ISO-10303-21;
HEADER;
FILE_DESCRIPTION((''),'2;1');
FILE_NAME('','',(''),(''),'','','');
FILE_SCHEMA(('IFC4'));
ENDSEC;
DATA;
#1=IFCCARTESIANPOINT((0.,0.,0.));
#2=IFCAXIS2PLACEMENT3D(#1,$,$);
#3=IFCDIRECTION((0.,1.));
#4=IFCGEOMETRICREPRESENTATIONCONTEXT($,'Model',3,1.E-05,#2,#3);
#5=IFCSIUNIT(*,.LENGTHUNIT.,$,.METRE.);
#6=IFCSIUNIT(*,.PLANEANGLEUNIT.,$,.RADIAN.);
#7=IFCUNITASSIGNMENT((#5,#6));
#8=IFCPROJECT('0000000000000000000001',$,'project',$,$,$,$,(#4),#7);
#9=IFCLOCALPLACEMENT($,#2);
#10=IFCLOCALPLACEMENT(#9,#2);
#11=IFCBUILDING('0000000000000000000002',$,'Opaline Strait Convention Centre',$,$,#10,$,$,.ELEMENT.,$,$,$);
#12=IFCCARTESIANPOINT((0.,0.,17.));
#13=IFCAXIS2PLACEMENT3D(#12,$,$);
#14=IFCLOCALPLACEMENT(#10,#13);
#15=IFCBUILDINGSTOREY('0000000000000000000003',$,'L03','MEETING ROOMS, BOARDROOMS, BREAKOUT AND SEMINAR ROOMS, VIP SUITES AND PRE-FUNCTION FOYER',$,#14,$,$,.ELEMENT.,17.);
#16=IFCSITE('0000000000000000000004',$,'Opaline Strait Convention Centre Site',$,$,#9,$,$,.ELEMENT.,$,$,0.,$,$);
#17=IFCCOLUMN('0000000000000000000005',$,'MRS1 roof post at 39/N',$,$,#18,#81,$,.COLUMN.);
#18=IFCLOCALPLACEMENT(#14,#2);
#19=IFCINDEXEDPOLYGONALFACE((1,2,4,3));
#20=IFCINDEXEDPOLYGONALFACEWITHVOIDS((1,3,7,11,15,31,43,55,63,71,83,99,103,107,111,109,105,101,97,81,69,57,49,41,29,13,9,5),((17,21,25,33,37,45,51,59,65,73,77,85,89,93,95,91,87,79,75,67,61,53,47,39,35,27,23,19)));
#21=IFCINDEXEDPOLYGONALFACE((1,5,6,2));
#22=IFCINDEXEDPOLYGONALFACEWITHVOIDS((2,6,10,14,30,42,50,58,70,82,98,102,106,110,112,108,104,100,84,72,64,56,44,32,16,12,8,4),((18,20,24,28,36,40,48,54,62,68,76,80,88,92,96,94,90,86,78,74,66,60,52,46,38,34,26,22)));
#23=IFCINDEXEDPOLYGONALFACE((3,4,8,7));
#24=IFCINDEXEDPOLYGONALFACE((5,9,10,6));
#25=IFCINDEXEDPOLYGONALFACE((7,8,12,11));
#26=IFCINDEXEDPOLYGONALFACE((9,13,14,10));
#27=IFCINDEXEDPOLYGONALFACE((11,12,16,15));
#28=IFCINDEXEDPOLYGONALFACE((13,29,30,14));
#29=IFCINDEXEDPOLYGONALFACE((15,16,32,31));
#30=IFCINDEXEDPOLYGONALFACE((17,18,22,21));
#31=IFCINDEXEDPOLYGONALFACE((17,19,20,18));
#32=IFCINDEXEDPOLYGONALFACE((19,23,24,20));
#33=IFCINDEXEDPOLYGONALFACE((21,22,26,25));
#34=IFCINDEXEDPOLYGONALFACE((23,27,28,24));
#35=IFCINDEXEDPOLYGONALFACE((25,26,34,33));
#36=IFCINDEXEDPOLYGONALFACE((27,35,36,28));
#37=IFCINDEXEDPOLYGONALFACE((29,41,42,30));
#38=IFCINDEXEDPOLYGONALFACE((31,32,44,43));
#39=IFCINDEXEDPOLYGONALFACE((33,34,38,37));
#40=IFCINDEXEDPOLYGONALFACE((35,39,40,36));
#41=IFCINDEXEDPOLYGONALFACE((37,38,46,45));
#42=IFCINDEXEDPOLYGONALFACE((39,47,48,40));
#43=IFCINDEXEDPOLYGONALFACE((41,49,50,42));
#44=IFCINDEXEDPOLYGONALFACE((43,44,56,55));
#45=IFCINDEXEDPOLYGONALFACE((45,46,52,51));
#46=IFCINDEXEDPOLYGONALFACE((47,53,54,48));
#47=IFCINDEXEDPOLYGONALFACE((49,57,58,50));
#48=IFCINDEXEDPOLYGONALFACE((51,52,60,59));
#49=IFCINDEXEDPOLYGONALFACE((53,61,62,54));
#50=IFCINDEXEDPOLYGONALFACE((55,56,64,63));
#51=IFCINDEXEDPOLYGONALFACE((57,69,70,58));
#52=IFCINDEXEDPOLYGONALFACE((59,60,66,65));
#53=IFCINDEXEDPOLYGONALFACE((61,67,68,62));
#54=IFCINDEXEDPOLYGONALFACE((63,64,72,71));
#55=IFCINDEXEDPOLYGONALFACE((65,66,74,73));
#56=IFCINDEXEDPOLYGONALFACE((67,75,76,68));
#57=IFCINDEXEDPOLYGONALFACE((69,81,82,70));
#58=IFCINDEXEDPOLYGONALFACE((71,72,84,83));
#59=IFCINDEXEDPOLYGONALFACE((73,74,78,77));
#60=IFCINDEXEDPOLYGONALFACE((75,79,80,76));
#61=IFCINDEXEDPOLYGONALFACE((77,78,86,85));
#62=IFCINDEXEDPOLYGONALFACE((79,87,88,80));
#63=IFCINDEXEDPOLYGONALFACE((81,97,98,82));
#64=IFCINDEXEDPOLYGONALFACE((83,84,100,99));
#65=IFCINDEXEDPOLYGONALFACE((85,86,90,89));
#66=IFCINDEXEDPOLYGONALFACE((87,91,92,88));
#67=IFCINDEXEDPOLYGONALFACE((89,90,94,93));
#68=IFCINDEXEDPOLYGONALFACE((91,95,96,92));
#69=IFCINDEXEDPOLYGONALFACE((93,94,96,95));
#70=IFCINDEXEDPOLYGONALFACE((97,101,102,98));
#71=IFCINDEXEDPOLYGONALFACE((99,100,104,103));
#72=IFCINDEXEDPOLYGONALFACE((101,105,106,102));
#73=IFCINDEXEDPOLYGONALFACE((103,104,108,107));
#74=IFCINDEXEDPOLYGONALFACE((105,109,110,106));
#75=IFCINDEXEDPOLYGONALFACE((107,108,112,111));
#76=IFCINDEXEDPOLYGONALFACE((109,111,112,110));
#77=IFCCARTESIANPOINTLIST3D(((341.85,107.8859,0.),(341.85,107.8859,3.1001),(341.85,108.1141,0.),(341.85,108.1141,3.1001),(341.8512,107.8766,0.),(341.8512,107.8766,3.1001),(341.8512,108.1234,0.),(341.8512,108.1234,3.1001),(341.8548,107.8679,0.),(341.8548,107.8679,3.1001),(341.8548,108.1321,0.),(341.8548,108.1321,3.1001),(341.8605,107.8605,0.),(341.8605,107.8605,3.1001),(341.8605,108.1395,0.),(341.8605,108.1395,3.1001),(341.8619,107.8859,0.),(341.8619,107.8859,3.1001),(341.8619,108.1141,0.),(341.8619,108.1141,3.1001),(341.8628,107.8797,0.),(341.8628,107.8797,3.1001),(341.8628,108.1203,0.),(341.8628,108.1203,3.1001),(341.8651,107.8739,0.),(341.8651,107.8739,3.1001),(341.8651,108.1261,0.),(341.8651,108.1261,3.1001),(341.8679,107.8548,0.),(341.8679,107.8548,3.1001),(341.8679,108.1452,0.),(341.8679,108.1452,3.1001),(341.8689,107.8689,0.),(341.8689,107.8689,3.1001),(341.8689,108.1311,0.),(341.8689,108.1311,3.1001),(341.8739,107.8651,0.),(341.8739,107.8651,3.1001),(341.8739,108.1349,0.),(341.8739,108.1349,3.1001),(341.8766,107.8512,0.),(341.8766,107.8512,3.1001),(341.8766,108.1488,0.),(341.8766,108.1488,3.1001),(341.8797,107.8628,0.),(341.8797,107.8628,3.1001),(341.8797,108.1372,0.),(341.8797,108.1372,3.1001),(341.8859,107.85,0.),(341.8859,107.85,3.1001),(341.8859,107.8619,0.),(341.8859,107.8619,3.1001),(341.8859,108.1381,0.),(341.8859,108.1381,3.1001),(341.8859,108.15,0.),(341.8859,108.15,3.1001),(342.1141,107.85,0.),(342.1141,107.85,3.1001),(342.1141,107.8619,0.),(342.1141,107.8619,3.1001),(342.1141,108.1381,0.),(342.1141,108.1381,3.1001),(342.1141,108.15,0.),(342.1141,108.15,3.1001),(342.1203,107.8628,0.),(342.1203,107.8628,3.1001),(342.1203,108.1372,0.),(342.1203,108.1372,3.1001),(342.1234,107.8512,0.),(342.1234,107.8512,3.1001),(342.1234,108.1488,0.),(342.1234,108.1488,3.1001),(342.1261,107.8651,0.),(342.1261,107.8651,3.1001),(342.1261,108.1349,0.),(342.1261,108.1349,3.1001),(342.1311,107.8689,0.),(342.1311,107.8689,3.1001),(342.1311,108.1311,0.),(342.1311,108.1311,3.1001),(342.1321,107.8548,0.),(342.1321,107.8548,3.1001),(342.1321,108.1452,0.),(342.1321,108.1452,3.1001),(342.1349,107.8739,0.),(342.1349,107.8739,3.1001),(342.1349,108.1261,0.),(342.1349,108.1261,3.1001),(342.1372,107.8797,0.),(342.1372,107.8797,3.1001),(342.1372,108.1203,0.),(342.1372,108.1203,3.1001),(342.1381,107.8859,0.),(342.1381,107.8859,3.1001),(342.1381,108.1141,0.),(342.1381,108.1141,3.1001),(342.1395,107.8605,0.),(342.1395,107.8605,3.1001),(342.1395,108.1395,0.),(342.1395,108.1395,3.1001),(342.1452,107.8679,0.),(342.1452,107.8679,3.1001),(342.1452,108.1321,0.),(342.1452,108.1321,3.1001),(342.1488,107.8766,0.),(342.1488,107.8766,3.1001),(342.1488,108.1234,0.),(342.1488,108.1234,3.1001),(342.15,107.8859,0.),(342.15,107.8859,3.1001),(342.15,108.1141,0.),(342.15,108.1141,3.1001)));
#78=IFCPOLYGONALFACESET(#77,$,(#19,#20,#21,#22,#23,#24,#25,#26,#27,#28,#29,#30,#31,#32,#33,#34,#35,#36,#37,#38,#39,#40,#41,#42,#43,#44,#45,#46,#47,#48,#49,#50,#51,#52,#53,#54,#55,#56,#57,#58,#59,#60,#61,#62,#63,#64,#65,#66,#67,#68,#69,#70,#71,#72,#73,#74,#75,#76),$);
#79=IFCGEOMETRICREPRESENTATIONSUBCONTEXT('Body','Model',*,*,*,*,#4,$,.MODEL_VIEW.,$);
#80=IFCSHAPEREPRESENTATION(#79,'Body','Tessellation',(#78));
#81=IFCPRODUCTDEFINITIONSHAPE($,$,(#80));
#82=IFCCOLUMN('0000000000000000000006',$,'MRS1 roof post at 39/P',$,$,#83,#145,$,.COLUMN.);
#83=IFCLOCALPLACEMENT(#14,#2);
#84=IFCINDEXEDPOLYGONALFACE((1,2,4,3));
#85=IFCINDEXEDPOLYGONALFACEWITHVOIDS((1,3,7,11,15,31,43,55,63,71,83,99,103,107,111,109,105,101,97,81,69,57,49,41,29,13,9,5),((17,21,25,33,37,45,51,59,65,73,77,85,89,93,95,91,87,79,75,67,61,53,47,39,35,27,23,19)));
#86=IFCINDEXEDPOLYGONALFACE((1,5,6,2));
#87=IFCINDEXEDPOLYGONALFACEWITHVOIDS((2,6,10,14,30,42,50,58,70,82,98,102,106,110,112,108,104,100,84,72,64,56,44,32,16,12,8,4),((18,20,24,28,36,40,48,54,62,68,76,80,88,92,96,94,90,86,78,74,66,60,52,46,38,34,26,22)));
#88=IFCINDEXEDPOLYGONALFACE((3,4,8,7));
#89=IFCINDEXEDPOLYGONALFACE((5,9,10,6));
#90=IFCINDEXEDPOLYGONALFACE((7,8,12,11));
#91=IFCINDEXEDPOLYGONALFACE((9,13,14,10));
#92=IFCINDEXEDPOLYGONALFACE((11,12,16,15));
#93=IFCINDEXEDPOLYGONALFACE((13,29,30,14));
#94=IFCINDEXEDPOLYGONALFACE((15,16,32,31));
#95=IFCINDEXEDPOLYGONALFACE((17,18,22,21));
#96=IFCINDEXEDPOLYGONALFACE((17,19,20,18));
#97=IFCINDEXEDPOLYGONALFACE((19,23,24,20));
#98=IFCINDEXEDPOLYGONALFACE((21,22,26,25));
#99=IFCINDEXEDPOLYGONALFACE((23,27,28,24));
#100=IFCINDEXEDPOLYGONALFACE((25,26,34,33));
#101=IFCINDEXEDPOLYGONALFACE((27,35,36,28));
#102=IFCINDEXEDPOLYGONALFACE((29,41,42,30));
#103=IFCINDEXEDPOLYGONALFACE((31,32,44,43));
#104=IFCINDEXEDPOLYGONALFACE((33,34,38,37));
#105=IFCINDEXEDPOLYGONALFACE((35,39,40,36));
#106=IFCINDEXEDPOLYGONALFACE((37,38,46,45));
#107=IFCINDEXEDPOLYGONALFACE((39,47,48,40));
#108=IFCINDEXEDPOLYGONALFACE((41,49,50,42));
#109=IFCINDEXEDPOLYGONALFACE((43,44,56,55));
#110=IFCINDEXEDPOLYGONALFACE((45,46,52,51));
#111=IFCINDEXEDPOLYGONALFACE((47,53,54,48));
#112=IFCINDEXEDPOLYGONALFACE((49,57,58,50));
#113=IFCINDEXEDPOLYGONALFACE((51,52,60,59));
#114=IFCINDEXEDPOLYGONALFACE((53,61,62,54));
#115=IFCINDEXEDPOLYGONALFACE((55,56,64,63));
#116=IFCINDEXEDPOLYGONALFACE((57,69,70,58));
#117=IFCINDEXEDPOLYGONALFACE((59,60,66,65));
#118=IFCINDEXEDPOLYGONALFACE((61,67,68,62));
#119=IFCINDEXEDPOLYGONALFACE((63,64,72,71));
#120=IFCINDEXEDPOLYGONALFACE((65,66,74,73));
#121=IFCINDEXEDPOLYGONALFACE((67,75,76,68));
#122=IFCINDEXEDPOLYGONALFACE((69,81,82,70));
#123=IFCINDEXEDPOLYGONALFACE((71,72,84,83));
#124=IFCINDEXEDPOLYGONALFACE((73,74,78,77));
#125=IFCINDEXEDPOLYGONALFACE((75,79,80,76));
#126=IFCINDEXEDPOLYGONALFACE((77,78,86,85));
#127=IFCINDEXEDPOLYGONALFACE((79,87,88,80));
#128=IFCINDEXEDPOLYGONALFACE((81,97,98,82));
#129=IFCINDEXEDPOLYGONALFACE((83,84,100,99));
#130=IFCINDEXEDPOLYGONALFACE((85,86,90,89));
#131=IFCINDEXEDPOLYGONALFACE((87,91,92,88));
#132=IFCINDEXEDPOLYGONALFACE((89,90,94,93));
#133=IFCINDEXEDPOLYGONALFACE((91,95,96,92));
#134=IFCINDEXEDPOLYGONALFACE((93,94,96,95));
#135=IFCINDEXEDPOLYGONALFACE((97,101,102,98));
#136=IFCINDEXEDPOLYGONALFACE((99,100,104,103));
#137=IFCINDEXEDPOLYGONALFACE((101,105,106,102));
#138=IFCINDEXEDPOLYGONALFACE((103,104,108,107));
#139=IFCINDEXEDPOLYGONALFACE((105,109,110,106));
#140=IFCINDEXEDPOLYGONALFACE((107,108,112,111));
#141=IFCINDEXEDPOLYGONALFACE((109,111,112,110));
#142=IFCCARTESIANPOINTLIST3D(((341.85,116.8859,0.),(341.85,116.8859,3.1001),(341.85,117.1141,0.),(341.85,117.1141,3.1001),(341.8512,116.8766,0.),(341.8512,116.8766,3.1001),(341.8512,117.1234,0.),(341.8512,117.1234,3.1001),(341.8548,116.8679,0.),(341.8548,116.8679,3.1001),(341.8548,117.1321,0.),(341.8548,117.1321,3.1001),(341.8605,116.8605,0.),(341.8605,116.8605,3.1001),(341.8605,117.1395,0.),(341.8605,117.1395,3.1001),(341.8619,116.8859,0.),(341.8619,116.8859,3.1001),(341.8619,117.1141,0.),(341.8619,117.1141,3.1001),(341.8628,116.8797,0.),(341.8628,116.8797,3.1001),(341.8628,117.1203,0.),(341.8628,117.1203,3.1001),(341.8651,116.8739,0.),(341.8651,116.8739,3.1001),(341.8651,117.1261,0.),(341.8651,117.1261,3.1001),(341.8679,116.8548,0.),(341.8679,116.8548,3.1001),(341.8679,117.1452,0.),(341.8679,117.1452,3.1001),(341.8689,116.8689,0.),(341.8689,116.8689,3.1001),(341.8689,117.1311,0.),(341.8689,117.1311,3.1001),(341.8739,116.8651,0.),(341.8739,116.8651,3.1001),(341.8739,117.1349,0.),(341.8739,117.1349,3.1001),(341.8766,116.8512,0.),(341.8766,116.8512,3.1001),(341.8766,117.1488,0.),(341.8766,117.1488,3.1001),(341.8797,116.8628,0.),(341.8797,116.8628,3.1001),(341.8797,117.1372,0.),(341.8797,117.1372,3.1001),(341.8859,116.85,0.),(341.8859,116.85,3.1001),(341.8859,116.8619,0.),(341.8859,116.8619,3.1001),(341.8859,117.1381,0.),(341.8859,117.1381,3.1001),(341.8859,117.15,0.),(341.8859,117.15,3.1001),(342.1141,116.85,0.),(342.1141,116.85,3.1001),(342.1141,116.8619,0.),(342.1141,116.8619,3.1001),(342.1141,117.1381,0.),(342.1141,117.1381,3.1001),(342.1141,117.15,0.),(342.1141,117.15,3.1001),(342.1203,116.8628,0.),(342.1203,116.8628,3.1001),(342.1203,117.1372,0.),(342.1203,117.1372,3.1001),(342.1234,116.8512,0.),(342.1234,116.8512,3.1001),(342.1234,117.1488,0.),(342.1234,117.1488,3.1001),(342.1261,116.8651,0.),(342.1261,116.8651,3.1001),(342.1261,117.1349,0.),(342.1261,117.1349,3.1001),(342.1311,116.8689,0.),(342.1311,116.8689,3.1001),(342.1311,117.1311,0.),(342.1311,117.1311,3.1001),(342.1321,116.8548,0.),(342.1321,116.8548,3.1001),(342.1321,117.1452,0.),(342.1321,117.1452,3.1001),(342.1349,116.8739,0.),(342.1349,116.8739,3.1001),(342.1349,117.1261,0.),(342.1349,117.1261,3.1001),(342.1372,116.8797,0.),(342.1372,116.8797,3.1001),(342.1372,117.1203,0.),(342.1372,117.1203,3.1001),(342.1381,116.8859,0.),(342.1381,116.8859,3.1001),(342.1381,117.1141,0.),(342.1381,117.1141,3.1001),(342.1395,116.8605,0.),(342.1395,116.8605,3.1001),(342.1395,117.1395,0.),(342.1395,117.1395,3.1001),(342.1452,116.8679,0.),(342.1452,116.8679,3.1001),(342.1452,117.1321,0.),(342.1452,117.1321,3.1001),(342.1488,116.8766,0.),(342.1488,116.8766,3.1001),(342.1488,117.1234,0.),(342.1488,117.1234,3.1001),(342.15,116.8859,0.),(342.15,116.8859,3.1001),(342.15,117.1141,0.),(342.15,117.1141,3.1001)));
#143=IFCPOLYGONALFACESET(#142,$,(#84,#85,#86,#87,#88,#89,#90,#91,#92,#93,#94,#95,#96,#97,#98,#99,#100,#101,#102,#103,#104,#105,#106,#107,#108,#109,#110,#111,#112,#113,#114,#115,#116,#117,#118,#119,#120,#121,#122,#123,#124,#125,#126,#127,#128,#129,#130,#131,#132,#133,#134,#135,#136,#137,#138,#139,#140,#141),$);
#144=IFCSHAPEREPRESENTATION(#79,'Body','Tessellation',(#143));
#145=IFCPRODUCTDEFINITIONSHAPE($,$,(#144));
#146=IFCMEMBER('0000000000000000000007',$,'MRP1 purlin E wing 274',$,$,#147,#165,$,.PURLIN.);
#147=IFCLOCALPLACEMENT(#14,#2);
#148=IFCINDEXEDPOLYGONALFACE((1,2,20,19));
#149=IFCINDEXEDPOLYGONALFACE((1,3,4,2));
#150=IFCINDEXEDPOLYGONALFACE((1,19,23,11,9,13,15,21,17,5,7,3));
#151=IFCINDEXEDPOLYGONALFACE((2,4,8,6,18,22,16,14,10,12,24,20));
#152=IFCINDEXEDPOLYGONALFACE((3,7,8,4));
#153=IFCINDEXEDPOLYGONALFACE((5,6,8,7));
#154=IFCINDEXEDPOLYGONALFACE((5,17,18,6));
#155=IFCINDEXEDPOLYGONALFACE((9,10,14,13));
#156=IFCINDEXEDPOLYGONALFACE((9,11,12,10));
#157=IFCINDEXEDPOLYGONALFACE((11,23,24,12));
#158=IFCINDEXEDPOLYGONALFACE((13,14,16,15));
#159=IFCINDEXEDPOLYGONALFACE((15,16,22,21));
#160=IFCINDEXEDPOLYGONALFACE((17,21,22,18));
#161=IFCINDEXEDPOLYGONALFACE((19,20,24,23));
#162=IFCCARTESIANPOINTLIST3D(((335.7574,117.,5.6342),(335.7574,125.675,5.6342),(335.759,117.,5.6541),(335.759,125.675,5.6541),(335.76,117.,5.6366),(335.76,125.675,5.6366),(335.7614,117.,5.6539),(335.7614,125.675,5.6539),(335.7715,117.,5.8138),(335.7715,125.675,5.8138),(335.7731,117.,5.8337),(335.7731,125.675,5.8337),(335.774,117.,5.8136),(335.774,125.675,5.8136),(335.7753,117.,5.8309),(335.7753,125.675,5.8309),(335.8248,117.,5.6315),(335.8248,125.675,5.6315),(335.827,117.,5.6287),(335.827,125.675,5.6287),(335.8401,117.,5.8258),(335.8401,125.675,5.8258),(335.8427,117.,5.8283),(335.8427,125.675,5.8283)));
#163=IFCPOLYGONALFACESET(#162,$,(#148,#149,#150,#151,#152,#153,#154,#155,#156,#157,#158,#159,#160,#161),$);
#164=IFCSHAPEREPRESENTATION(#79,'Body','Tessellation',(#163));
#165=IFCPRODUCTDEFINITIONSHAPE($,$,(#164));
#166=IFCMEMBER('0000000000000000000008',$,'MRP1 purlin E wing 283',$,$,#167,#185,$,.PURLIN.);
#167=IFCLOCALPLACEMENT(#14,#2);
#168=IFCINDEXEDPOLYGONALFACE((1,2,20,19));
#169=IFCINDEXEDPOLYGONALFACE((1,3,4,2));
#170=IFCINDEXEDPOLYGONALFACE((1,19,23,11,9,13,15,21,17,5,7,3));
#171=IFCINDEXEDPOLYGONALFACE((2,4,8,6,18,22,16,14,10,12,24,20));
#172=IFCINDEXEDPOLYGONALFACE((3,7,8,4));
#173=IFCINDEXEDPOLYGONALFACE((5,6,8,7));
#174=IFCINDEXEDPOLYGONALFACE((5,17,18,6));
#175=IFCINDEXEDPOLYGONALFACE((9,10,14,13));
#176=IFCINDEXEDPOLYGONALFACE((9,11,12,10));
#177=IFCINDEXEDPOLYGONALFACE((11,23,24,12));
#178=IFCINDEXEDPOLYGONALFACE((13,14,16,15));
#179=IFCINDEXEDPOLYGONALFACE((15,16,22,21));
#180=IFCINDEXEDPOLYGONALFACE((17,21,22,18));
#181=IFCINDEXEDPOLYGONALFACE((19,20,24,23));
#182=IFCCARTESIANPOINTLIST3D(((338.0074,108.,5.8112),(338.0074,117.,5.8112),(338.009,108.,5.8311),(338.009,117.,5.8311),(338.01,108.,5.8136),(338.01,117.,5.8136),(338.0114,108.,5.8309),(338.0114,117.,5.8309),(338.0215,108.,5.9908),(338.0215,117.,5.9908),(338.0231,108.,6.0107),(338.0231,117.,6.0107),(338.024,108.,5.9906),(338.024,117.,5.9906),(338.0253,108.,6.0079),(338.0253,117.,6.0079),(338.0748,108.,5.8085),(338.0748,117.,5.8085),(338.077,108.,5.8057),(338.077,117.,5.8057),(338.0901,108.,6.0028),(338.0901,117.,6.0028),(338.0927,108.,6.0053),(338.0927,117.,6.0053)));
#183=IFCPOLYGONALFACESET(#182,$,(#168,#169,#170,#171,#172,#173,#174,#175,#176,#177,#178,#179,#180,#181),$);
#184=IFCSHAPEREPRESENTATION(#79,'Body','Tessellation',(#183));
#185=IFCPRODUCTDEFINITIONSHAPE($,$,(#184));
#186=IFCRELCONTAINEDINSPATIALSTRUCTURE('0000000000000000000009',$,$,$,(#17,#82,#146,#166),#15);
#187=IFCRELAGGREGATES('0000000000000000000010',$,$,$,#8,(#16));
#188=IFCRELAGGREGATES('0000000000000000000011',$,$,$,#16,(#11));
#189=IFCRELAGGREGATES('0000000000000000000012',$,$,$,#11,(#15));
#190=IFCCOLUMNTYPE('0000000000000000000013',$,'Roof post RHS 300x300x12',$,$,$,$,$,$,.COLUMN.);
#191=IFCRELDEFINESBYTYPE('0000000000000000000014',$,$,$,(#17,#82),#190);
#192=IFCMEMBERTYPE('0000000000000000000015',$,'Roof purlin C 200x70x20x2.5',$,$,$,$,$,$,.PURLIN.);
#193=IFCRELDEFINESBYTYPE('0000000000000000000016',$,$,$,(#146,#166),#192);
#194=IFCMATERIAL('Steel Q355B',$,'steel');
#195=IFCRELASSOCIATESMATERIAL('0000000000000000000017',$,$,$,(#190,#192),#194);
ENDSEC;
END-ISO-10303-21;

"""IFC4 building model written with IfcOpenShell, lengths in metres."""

from ifc_helpers import new_model, si_unit, direction, frame, origin, origin_2d, place, context, subcontext, project, spatial, polyline, hollow_rectangle, outline, extrude, material, material_profile, profile_set, type_object, element, save


model = new_model("IFC4")

# Units and contexts
model_context = context("Model", 3, precision=1e-05, world=origin(), true_north=direction((0.0, 1.0)))
body_context = subcontext(model_context, "Body", "Model", "MODEL_VIEW")
ifc_project = project(units=[si_unit("LENGTHUNIT", "METRE"), si_unit("PLANEANGLEUNIT", "RADIAN")], contexts=[model_context])

# Site, building, storey
site_placement = place(None, origin())
site = spatial("IfcSite", under=ifc_project, at=site_placement, Name="Opaline Strait Convention Centre Site", CompositionType="ELEMENT", RefElevation=0.0)
building_placement = place(site_placement, origin())
building = spatial("IfcBuilding", under=site, at=building_placement, Name="Opaline Strait Convention Centre", CompositionType="ELEMENT")
storey_placement = place(building_placement, frame((0.0, 0.0, 17.0)))
storey = spatial("IfcBuildingStorey", under=building, at=storey_placement, Name="L03", Description="MEETING ROOMS, BOARDROOMS, BREAKOUT AND SEMINAR ROOMS, VIP SUITES AND PRE-FUNCTION FOYER", CompositionType="ELEMENT", Elevation=17.0)

# Columns
ifc_material_1 = material(Name="Steel Q355B", Category="steel")
ifc_material_profile_1 = material_profile(ifc_material_1, hollow_rectangle(XDim=0.3, YDim=0.3, WallThickness=0.012, InnerFilletRadius=0.0239, OuterFilletRadius=0.0359, at=origin_2d()), Name="RHS 300x300x12")
ifc_profile_set_1 = profile_set([ifc_material_profile_1], Name="Steel Q355B")
column_type = type_object("IfcColumnType", Name="Roof post RHS 300x300x12", PredefinedType="COLUMN", material=ifc_profile_set_1)
for number, where, z_axis, x_axis, name in (
    (1, (342.0, 108.0, 0.0), (0.0, 0.0, 1.0), (1.0, 0.0, 0.0), "MRS1 roof post at 39/N"),
    (2, (342.0, 117.0, 0.0), (0.0, 0.0, 1.0), (1.0, 0.0, 0.0), "MRS1 roof post at 39/P"),
):
    element("IfcColumn", number, at=place(storey_placement, frame(where, z_axis=z_axis, x_axis=x_axis)), inside=storey, type_object=column_type, Name=name, PredefinedType="COLUMN", context=body_context, shape_type="SweptSolid", body=[
        extrude(hollow_rectangle(XDim=0.3, YDim=0.3, WallThickness=0.012, InnerFilletRadius=0.0239, OuterFilletRadius=0.0359, at=origin_2d()), origin(), (0.0, 0.0, 1.0), 3.1001),
    ])

# Members
ifc_material_profile_2 = material_profile(ifc_material_1, outline(polyline([(-0.0349, -0.1001), (0.0349, -0.1001), (0.0349, -0.0801), (0.0325, -0.0801), (0.0325, -0.0974), (-0.0325, -0.0974), (-0.0325, 0.0974), (0.0325, 0.0974), (0.0325, 0.0801), (0.0349, 0.0801), (0.0349, 0.1001), (-0.0349, 0.1001), (-0.0349, -0.1001)])), Name="C 200x70x20x2.5")
ifc_profile_set_2 = profile_set([ifc_material_profile_2], Name="Steel Q355B")
member_type_1 = type_object("IfcMemberType", Name="Roof purlin C 200x70x20x2.5", PredefinedType="PURLIN", material=ifc_profile_set_2)
member_1_placement = place(storey_placement, frame((335.8, 117.0, 5.7312), z_axis=(0.0, 1.0, 0.0), x_axis=(-0.996917, 0.0, 0.078459)))
element("IfcMember", 3, at=member_1_placement, inside=storey, type_object=member_type_1, Name="MRP1 purlin E wing 274", PredefinedType="PURLIN", context=body_context, shape_type="SweptSolid", body=[
    extrude(outline(polyline([(-0.0349, -0.1001), (0.0349, -0.1001), (0.0349, -0.0801), (0.0325, -0.0801), (0.0325, -0.0974), (-0.0325, -0.0974), (-0.0325, 0.0974), (0.0325, 0.0974), (0.0325, 0.0801), (0.0349, 0.0801), (0.0349, 0.1001), (-0.0349, 0.1001), (-0.0349, -0.1001)])), origin(), (0.0, 0.0, 1.0), 8.675),
])
member_2_placement = place(storey_placement, frame((338.05, 108.0, 5.9082), z_axis=(0.0, 1.0, 0.0), x_axis=(-0.996917, 0.0, 0.078459)))
element("IfcMember", 4, at=member_2_placement, inside=storey, type_object=member_type_1, Name="MRP1 purlin E wing 283", PredefinedType="PURLIN", context=body_context, shape_type="SweptSolid", body=[
    extrude(outline(polyline([(-0.0349, -0.1001), (0.0349, -0.1001), (0.0349, -0.0801), (0.0325, -0.0801), (0.0325, -0.0974), (-0.0325, -0.0974), (-0.0325, 0.0974), (0.0325, 0.0974), (0.0325, 0.0801), (0.0349, 0.0801), (0.0349, 0.1001), (-0.0349, 0.1001), (-0.0349, -0.1001)])), origin(), (0.0, 0.0, 1.0), 9.0),
])

save(model, "model.ifc")
